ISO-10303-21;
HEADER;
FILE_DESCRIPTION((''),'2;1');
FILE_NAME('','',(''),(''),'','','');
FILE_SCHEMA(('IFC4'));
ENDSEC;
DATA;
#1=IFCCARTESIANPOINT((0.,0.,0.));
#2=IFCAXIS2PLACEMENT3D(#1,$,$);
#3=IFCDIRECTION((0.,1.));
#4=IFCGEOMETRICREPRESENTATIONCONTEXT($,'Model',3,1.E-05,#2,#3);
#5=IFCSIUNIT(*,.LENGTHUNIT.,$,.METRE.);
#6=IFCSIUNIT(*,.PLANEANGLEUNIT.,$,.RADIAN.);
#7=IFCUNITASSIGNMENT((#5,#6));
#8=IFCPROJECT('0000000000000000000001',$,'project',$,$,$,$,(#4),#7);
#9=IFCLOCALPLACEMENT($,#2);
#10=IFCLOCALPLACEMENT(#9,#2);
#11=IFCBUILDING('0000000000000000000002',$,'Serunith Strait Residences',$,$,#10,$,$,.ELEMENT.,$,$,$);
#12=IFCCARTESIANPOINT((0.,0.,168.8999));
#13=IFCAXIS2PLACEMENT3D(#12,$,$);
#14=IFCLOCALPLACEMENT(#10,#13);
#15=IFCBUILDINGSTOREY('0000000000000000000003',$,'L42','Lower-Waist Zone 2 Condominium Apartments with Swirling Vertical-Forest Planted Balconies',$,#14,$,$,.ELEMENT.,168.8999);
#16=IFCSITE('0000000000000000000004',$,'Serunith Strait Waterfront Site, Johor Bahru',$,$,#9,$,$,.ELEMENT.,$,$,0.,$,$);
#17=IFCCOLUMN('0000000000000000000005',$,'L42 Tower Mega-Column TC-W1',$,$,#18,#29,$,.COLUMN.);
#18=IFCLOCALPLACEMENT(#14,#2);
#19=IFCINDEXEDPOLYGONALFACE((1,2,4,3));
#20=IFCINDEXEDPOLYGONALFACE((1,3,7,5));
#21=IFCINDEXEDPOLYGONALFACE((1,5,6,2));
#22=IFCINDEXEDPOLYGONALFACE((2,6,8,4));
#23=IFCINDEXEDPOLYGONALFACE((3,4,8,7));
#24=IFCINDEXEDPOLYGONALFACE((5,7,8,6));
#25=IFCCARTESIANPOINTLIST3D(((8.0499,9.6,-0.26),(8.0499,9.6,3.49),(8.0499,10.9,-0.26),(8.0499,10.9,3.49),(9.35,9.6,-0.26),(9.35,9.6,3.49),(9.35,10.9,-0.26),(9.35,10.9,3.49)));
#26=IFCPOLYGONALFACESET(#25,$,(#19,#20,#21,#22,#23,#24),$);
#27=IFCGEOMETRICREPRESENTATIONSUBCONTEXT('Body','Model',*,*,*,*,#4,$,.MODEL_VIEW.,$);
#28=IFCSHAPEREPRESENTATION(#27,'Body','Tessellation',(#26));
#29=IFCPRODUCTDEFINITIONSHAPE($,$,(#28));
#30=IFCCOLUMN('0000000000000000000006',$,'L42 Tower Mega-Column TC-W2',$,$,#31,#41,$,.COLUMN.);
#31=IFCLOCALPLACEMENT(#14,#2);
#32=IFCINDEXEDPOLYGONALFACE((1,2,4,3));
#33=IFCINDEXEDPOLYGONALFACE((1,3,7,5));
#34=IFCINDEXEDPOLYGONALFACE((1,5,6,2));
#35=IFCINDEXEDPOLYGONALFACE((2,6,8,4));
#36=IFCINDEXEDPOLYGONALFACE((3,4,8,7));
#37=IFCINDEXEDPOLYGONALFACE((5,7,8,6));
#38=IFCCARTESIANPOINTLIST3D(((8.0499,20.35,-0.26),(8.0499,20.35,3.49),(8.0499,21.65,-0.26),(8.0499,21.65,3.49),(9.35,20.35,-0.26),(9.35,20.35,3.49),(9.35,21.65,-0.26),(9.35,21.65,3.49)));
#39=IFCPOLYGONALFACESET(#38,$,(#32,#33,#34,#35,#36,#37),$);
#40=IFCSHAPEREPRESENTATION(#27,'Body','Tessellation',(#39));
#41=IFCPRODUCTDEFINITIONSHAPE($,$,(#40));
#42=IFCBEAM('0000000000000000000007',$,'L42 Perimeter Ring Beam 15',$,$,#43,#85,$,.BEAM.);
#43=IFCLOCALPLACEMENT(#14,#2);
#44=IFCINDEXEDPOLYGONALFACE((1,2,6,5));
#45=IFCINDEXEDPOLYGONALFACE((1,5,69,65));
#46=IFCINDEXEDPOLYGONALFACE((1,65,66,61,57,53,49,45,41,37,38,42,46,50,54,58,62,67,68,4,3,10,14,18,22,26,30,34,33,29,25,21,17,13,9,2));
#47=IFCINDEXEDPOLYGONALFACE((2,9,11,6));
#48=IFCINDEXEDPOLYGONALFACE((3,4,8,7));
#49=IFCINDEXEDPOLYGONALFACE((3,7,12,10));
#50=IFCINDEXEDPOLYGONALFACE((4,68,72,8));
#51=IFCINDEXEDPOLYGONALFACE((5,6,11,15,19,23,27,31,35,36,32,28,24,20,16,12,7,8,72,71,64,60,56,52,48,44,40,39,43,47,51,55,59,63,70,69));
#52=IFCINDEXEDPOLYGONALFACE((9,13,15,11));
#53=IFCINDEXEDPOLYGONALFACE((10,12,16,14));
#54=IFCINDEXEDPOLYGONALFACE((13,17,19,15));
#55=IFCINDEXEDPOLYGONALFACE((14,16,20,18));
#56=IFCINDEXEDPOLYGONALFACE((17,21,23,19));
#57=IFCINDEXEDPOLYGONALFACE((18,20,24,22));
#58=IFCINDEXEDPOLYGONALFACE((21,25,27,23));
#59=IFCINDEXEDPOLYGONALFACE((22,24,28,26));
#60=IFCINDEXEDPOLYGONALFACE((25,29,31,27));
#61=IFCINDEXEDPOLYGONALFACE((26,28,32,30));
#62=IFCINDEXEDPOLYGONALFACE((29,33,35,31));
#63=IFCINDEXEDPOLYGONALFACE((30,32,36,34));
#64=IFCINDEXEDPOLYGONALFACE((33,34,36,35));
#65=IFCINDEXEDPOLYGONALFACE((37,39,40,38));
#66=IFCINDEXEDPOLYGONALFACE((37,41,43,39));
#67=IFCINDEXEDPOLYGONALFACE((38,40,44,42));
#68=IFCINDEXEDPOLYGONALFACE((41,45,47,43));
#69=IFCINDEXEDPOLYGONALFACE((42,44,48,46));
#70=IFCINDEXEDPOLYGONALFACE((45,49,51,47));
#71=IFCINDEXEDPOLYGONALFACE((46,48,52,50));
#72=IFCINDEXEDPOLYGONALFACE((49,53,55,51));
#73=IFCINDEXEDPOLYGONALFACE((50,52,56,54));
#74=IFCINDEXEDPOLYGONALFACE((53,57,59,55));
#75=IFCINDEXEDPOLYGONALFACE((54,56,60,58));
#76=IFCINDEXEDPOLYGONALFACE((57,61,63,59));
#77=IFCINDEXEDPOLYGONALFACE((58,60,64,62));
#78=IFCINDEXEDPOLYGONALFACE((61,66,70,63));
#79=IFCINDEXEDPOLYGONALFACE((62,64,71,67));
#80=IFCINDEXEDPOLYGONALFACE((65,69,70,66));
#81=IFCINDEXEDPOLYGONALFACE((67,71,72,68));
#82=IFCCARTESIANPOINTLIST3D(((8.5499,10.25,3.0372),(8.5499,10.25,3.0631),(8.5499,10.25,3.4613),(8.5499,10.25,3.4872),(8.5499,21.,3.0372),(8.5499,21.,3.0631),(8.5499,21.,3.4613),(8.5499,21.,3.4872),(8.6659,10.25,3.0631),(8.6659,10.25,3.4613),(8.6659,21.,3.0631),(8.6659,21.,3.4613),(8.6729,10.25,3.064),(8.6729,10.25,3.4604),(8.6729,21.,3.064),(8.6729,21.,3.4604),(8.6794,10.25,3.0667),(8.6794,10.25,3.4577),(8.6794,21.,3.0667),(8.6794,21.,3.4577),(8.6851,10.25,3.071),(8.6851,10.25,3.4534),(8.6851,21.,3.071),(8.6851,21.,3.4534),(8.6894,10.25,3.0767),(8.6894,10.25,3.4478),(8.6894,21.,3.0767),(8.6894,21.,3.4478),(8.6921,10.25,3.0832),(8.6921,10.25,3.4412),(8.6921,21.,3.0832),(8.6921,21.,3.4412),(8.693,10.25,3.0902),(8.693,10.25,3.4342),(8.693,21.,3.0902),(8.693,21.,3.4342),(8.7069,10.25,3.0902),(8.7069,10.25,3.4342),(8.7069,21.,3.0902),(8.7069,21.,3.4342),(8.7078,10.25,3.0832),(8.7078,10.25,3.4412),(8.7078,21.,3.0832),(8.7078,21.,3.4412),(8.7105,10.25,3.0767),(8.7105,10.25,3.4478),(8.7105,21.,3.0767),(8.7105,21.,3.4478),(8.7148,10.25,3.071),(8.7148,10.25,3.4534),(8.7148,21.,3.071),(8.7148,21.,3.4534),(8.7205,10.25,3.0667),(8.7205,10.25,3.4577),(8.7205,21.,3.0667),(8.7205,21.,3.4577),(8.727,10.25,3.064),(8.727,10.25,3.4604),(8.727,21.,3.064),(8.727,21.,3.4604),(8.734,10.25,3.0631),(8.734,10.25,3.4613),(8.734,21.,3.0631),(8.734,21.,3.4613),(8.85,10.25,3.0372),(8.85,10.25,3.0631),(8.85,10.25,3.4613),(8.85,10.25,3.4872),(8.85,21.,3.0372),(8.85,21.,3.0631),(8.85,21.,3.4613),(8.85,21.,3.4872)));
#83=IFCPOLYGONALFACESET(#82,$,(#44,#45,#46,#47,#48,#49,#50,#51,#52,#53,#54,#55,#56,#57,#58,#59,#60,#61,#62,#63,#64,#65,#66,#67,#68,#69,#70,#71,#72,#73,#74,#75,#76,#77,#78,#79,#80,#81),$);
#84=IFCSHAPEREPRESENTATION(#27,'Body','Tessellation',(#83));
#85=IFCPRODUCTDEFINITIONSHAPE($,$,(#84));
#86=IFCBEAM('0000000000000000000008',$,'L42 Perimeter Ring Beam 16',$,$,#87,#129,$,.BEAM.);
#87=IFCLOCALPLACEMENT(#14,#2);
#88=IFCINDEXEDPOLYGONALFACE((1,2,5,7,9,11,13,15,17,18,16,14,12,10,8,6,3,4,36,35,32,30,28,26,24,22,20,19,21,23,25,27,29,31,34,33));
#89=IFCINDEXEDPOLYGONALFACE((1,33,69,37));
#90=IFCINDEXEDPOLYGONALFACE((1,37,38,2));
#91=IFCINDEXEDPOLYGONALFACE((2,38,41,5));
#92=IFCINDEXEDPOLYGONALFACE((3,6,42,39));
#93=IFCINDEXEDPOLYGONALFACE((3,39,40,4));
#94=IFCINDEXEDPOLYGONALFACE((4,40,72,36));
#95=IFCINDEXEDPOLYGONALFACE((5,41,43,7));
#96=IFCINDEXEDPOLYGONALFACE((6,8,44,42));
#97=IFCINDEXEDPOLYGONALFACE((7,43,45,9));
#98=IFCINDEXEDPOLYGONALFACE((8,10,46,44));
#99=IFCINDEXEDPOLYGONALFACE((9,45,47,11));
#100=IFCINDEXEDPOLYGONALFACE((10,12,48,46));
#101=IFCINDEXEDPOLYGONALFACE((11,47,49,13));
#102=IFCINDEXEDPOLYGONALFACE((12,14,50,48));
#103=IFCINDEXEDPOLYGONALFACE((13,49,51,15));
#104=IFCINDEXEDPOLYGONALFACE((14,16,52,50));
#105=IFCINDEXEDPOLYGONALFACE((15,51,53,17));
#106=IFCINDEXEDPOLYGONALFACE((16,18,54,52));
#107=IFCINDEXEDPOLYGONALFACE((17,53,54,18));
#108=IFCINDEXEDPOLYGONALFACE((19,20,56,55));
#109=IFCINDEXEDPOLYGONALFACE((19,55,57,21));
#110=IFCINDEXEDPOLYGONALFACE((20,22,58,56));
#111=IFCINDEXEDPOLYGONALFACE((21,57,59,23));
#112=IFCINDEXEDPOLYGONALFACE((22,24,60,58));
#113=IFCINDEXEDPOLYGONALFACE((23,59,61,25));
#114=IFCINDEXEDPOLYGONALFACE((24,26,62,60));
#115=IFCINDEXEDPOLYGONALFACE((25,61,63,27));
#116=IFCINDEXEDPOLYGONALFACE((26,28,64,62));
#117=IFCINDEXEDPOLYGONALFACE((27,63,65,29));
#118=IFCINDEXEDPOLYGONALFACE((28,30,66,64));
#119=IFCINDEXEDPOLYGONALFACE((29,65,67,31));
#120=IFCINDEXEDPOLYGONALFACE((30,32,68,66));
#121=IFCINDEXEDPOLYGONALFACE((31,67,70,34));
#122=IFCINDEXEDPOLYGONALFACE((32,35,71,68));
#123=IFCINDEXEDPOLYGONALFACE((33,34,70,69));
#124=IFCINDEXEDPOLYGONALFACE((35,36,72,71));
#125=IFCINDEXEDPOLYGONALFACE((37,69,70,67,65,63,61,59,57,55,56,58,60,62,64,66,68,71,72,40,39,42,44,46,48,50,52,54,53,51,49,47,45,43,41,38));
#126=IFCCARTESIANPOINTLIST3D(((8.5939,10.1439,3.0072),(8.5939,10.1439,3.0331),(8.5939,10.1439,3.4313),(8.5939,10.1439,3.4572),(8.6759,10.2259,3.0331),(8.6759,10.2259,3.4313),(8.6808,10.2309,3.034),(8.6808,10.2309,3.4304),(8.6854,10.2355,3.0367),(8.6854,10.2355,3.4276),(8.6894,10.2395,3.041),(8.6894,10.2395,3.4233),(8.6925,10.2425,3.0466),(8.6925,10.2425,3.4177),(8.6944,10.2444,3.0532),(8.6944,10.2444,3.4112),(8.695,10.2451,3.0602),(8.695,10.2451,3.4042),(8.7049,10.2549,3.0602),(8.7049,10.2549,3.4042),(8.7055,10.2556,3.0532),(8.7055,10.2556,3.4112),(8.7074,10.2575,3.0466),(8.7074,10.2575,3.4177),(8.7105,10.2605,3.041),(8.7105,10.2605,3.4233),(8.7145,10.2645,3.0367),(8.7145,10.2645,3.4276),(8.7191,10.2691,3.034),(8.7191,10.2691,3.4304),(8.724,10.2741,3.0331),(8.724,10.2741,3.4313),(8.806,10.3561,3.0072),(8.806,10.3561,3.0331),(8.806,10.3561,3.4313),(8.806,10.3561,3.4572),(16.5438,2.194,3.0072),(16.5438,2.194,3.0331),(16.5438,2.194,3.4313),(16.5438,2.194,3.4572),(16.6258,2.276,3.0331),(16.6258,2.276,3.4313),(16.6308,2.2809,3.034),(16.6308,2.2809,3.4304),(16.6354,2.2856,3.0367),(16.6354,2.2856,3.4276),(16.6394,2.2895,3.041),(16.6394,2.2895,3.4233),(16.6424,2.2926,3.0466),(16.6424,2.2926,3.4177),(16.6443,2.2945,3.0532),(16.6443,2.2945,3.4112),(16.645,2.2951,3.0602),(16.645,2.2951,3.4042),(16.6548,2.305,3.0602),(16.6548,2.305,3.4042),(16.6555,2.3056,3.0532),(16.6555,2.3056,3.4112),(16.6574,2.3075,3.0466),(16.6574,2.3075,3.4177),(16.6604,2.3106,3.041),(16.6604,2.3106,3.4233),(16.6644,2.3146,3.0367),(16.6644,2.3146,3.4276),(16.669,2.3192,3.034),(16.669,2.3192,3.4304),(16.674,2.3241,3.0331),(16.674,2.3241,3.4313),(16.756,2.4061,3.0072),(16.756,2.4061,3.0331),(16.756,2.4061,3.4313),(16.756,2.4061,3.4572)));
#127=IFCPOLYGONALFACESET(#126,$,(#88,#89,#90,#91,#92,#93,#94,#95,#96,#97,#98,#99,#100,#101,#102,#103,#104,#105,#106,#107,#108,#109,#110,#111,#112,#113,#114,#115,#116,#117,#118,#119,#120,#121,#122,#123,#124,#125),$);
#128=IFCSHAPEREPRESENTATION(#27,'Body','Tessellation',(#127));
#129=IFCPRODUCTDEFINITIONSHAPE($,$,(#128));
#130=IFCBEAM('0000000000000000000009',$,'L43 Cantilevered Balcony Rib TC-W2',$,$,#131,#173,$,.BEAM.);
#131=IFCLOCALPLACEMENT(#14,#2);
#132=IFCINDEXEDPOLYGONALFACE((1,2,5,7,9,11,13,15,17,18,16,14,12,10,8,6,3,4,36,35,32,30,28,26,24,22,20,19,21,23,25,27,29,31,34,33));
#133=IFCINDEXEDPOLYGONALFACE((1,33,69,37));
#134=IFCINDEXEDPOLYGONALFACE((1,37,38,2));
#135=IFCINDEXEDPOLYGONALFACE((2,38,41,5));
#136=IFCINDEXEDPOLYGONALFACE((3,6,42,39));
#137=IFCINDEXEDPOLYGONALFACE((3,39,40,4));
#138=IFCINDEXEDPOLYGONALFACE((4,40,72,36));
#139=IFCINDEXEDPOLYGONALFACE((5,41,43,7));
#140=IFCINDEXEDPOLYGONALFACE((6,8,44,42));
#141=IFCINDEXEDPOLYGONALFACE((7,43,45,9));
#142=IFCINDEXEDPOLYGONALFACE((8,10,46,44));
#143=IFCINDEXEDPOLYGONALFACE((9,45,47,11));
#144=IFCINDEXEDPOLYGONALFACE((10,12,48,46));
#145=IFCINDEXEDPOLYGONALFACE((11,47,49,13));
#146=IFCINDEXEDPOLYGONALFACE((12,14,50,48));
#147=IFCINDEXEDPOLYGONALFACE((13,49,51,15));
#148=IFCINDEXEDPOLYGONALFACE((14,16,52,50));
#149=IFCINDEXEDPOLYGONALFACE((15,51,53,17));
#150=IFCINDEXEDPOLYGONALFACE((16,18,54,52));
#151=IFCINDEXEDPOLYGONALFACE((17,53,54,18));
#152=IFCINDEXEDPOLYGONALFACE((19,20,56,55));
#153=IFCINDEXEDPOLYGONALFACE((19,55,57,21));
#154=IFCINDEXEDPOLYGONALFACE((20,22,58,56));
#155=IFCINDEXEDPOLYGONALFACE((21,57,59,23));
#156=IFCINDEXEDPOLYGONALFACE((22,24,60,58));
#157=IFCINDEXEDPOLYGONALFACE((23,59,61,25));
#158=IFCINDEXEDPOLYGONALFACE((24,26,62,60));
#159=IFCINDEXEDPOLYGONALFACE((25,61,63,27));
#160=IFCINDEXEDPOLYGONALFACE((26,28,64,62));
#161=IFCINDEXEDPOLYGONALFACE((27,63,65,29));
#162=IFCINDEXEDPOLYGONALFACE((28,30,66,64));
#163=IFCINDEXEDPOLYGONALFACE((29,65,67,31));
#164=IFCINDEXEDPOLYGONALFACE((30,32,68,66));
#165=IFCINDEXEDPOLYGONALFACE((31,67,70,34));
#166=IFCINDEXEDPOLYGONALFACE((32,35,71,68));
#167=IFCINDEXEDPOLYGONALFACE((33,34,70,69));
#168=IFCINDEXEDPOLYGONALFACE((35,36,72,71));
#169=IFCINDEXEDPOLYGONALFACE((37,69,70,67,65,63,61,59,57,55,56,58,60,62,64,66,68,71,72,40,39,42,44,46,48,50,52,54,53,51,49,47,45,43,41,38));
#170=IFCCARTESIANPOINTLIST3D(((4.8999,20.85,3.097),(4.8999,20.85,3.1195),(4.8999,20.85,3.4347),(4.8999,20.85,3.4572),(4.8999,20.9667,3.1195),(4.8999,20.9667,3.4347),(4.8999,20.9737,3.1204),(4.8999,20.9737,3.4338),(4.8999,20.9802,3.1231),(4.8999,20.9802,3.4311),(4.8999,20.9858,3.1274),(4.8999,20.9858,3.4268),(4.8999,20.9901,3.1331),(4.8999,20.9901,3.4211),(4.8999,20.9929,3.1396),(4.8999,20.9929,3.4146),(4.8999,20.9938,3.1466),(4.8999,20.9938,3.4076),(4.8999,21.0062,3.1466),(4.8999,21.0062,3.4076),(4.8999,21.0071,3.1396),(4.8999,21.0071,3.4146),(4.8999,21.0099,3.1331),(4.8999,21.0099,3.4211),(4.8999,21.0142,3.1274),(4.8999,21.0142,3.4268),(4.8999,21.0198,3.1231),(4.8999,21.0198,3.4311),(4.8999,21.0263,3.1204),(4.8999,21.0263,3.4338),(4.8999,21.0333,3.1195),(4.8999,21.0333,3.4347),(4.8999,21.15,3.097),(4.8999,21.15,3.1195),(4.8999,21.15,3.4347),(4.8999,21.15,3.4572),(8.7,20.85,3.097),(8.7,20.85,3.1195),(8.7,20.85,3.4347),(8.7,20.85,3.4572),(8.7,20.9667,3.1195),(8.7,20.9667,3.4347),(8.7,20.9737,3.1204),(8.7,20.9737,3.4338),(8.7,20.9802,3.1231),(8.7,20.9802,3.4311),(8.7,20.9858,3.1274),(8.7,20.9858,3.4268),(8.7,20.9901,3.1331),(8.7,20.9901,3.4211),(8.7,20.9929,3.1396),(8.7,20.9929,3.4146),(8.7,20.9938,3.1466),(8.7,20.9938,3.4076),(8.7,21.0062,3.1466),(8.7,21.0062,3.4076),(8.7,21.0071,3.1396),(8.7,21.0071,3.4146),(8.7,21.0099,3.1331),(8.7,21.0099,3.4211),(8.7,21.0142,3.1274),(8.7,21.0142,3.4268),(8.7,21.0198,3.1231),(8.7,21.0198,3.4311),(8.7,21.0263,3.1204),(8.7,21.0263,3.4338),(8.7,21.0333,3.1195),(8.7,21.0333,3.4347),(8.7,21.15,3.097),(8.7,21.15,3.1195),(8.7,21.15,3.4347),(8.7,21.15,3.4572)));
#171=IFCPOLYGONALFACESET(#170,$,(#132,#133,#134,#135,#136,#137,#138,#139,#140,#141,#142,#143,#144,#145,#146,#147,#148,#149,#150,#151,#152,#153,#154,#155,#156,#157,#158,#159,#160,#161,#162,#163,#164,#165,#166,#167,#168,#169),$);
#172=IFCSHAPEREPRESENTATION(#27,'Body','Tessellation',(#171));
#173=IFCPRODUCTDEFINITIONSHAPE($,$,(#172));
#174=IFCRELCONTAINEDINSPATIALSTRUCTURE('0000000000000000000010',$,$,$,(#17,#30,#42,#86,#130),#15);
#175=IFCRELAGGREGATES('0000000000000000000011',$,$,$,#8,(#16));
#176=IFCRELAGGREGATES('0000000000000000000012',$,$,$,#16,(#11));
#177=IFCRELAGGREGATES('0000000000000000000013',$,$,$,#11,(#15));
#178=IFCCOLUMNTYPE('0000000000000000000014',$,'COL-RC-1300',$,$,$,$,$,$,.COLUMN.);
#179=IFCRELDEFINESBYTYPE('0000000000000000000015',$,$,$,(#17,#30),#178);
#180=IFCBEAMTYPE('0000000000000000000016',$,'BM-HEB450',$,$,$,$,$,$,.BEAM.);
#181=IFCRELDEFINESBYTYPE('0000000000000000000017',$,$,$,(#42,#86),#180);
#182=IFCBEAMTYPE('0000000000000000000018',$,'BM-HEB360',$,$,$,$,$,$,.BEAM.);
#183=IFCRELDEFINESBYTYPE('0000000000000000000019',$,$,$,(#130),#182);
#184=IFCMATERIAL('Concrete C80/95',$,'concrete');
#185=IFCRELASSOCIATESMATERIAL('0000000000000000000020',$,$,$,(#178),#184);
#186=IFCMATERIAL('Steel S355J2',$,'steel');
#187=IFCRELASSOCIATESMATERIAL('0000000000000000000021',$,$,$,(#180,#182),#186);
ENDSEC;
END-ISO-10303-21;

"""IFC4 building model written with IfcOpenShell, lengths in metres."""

from ifc_helpers import new_model, si_unit, direction, frame, origin, origin_2d, place, context, subcontext, project, spatial, rectangle, i_section, extrude, source, transform, mapped, material, material_profile, profile_set, type_object, element, save


model = new_model("IFC4")

# Units and contexts
model_context = context("Model", 3, precision=1e-05, world=origin(), true_north=direction((0.0, 1.0)))
body_context = subcontext(model_context, "Body", "Model", "MODEL_VIEW")
ifc_project = project(units=[si_unit("LENGTHUNIT", "METRE"), si_unit("PLANEANGLEUNIT", "RADIAN")], contexts=[model_context])

# Site, building, storey
site_placement = place(None, origin())
site = spatial("IfcSite", under=ifc_project, at=site_placement, Name="Serunith Strait Waterfront Site, Johor Bahru", CompositionType="ELEMENT", RefElevation=0.0)
building_placement = place(site_placement, origin())
building = spatial("IfcBuilding", under=site, at=building_placement, Name="Serunith Strait Residences", CompositionType="ELEMENT")
storey_placement = place(building_placement, frame((0.0, 0.0, 168.8999)))
storey = spatial("IfcBuildingStorey", under=building, at=storey_placement, Name="L42", Description="Lower-Waist Zone 2 Condominium Apartments with Swirling Vertical-Forest Planted Balconies", CompositionType="ELEMENT", Elevation=168.8999)

# Columns
ifc_material_1 = material(Name="Concrete C80/95", Category="concrete")
ifc_material_profile_1 = material_profile(ifc_material_1, rectangle(XDim=1.3, YDim=1.3, at=origin_2d()), Name="RC 1300x1300")
ifc_profile_set_1 = profile_set([ifc_material_profile_1], Name="Concrete C80/95")
column_type = type_object("IfcColumnType", Name="COL-RC-1300", PredefinedType="COLUMN", material=ifc_profile_set_1)
shared_shape_1 = source(origin(), body_context, "Body", "SweptSolid", [
    extrude(rectangle(XDim=1.3, YDim=1.3, at=origin_2d()), origin(), (0.0, 0.0, 1.0), 3.75),
])
for number, where, z_axis, x_axis, name in (
    (1, (8.7, 10.25, -0.26), (0.0, 0.0, 1.0), (1.0, 0.0, 0.0), "L42 Tower Mega-Column TC-W1"),
    (2, (8.7, 21.0, -0.26), (0.0, 0.0, 1.0), (1.0, 0.0, 0.0), "L42 Tower Mega-Column TC-W2"),
):
    element("IfcColumn", number, at=place(storey_placement, frame(where, z_axis=z_axis, x_axis=x_axis)), inside=storey, type_object=column_type, Name=name, PredefinedType="COLUMN", context=body_context, shape_type="MappedRepresentation", body=[
        mapped(shared_shape_1, transform((0.0, 0.0, 0.0), scale=1.0)),
    ])

# Beams
ifc_material_2 = material(Name="Steel S355J2", Category="steel")
ifc_material_profile_2 = material_profile(ifc_material_2, i_section(OverallWidth=0.3, OverallDepth=0.45, WebThickness=0.0139, FlangeThickness=0.0259, FilletRadius=0.0271, at=origin_2d()), Name="HEB 450")
ifc_profile_set_2 = profile_set([ifc_material_profile_2], Name="Steel S355J2")
beam_type_1 = type_object("IfcBeamType", Name="BM-HEB450", PredefinedType="BEAM", material=ifc_profile_set_2)
shared_shape_2 = source(origin(), body_context, "Body", "SweptSolid", [
    extrude(i_section(OverallWidth=0.3, OverallDepth=0.45, WebThickness=0.0139, FlangeThickness=0.0259, FilletRadius=0.0271, at=origin_2d()), origin(), (0.0, 0.0, 1.0), 10.75),
])
beam_1_placement = place(storey_placement, frame((8.7, 21.0, 3.2622), z_axis=(0.0, -1.0, 0.0), x_axis=(1.0, 0.0, 0.0)))
element("IfcBeam", 3, at=beam_1_placement, inside=storey, type_object=beam_type_1, Name="L42 Perimeter Ring Beam 15", PredefinedType="BEAM", context=body_context, shape_type="MappedRepresentation", body=[
    mapped(shared_shape_2, transform((0.0, 0.0, 0.0), scale=1.0)),
])
shared_shape_3 = source(origin(), body_context, "Body", "SweptSolid", [
    extrude(i_section(OverallWidth=0.3, OverallDepth=0.45, WebThickness=0.0139, FlangeThickness=0.0259, FilletRadius=0.0271, at=origin_2d()), origin(), (0.0, 0.0, 1.0), 11.2429),
])
beam_2_placement = place(storey_placement, frame((8.7, 10.25, 3.2322), z_axis=(0.707107, -0.707107, 0.0), x_axis=(0.707107, 0.707107, 0.0)))
element("IfcBeam", 4, at=beam_2_placement, inside=storey, type_object=beam_type_1, Name="L42 Perimeter Ring Beam 16", PredefinedType="BEAM", context=body_context, shape_type="MappedRepresentation", body=[
    mapped(shared_shape_3, transform((0.0, 0.0, 0.0), scale=1.0)),
])
ifc_material_profile_3 = material_profile(ifc_material_2, i_section(OverallWidth=0.3, OverallDepth=0.3601, WebThickness=0.0125, FlangeThickness=0.0225, FilletRadius=0.0271, at=origin_2d()), Name="HEB 360")
ifc_profile_set_3 = profile_set([ifc_material_profile_3], Name="Steel S355J2")
beam_type_2 = type_object("IfcBeamType", Name="BM-HEB360", PredefinedType="BEAM", material=ifc_profile_set_3)
shared_shape_4 = source(origin(), body_context, "Body", "SweptSolid", [
    extrude(i_section(OverallWidth=0.3, OverallDepth=0.3601, WebThickness=0.0125, FlangeThickness=0.0225, FilletRadius=0.0271, at=origin_2d()), origin(), (0.0, 0.0, 1.0), 3.8),
])
beam_3_placement = place(storey_placement, frame((8.7, 21.0, 3.2771), z_axis=(-1.0, 0.0, 0.0), x_axis=(0.0, -1.0, 0.0)))
element("IfcBeam", 5, at=beam_3_placement, inside=storey, type_object=beam_type_2, Name="L43 Cantilevered Balcony Rib TC-W2", PredefinedType="BEAM", context=body_context, shape_type="MappedRepresentation", body=[
    mapped(shared_shape_4, transform((0.0, 0.0, 0.0), scale=1.0)),
])

save(model, "model.ifc")
